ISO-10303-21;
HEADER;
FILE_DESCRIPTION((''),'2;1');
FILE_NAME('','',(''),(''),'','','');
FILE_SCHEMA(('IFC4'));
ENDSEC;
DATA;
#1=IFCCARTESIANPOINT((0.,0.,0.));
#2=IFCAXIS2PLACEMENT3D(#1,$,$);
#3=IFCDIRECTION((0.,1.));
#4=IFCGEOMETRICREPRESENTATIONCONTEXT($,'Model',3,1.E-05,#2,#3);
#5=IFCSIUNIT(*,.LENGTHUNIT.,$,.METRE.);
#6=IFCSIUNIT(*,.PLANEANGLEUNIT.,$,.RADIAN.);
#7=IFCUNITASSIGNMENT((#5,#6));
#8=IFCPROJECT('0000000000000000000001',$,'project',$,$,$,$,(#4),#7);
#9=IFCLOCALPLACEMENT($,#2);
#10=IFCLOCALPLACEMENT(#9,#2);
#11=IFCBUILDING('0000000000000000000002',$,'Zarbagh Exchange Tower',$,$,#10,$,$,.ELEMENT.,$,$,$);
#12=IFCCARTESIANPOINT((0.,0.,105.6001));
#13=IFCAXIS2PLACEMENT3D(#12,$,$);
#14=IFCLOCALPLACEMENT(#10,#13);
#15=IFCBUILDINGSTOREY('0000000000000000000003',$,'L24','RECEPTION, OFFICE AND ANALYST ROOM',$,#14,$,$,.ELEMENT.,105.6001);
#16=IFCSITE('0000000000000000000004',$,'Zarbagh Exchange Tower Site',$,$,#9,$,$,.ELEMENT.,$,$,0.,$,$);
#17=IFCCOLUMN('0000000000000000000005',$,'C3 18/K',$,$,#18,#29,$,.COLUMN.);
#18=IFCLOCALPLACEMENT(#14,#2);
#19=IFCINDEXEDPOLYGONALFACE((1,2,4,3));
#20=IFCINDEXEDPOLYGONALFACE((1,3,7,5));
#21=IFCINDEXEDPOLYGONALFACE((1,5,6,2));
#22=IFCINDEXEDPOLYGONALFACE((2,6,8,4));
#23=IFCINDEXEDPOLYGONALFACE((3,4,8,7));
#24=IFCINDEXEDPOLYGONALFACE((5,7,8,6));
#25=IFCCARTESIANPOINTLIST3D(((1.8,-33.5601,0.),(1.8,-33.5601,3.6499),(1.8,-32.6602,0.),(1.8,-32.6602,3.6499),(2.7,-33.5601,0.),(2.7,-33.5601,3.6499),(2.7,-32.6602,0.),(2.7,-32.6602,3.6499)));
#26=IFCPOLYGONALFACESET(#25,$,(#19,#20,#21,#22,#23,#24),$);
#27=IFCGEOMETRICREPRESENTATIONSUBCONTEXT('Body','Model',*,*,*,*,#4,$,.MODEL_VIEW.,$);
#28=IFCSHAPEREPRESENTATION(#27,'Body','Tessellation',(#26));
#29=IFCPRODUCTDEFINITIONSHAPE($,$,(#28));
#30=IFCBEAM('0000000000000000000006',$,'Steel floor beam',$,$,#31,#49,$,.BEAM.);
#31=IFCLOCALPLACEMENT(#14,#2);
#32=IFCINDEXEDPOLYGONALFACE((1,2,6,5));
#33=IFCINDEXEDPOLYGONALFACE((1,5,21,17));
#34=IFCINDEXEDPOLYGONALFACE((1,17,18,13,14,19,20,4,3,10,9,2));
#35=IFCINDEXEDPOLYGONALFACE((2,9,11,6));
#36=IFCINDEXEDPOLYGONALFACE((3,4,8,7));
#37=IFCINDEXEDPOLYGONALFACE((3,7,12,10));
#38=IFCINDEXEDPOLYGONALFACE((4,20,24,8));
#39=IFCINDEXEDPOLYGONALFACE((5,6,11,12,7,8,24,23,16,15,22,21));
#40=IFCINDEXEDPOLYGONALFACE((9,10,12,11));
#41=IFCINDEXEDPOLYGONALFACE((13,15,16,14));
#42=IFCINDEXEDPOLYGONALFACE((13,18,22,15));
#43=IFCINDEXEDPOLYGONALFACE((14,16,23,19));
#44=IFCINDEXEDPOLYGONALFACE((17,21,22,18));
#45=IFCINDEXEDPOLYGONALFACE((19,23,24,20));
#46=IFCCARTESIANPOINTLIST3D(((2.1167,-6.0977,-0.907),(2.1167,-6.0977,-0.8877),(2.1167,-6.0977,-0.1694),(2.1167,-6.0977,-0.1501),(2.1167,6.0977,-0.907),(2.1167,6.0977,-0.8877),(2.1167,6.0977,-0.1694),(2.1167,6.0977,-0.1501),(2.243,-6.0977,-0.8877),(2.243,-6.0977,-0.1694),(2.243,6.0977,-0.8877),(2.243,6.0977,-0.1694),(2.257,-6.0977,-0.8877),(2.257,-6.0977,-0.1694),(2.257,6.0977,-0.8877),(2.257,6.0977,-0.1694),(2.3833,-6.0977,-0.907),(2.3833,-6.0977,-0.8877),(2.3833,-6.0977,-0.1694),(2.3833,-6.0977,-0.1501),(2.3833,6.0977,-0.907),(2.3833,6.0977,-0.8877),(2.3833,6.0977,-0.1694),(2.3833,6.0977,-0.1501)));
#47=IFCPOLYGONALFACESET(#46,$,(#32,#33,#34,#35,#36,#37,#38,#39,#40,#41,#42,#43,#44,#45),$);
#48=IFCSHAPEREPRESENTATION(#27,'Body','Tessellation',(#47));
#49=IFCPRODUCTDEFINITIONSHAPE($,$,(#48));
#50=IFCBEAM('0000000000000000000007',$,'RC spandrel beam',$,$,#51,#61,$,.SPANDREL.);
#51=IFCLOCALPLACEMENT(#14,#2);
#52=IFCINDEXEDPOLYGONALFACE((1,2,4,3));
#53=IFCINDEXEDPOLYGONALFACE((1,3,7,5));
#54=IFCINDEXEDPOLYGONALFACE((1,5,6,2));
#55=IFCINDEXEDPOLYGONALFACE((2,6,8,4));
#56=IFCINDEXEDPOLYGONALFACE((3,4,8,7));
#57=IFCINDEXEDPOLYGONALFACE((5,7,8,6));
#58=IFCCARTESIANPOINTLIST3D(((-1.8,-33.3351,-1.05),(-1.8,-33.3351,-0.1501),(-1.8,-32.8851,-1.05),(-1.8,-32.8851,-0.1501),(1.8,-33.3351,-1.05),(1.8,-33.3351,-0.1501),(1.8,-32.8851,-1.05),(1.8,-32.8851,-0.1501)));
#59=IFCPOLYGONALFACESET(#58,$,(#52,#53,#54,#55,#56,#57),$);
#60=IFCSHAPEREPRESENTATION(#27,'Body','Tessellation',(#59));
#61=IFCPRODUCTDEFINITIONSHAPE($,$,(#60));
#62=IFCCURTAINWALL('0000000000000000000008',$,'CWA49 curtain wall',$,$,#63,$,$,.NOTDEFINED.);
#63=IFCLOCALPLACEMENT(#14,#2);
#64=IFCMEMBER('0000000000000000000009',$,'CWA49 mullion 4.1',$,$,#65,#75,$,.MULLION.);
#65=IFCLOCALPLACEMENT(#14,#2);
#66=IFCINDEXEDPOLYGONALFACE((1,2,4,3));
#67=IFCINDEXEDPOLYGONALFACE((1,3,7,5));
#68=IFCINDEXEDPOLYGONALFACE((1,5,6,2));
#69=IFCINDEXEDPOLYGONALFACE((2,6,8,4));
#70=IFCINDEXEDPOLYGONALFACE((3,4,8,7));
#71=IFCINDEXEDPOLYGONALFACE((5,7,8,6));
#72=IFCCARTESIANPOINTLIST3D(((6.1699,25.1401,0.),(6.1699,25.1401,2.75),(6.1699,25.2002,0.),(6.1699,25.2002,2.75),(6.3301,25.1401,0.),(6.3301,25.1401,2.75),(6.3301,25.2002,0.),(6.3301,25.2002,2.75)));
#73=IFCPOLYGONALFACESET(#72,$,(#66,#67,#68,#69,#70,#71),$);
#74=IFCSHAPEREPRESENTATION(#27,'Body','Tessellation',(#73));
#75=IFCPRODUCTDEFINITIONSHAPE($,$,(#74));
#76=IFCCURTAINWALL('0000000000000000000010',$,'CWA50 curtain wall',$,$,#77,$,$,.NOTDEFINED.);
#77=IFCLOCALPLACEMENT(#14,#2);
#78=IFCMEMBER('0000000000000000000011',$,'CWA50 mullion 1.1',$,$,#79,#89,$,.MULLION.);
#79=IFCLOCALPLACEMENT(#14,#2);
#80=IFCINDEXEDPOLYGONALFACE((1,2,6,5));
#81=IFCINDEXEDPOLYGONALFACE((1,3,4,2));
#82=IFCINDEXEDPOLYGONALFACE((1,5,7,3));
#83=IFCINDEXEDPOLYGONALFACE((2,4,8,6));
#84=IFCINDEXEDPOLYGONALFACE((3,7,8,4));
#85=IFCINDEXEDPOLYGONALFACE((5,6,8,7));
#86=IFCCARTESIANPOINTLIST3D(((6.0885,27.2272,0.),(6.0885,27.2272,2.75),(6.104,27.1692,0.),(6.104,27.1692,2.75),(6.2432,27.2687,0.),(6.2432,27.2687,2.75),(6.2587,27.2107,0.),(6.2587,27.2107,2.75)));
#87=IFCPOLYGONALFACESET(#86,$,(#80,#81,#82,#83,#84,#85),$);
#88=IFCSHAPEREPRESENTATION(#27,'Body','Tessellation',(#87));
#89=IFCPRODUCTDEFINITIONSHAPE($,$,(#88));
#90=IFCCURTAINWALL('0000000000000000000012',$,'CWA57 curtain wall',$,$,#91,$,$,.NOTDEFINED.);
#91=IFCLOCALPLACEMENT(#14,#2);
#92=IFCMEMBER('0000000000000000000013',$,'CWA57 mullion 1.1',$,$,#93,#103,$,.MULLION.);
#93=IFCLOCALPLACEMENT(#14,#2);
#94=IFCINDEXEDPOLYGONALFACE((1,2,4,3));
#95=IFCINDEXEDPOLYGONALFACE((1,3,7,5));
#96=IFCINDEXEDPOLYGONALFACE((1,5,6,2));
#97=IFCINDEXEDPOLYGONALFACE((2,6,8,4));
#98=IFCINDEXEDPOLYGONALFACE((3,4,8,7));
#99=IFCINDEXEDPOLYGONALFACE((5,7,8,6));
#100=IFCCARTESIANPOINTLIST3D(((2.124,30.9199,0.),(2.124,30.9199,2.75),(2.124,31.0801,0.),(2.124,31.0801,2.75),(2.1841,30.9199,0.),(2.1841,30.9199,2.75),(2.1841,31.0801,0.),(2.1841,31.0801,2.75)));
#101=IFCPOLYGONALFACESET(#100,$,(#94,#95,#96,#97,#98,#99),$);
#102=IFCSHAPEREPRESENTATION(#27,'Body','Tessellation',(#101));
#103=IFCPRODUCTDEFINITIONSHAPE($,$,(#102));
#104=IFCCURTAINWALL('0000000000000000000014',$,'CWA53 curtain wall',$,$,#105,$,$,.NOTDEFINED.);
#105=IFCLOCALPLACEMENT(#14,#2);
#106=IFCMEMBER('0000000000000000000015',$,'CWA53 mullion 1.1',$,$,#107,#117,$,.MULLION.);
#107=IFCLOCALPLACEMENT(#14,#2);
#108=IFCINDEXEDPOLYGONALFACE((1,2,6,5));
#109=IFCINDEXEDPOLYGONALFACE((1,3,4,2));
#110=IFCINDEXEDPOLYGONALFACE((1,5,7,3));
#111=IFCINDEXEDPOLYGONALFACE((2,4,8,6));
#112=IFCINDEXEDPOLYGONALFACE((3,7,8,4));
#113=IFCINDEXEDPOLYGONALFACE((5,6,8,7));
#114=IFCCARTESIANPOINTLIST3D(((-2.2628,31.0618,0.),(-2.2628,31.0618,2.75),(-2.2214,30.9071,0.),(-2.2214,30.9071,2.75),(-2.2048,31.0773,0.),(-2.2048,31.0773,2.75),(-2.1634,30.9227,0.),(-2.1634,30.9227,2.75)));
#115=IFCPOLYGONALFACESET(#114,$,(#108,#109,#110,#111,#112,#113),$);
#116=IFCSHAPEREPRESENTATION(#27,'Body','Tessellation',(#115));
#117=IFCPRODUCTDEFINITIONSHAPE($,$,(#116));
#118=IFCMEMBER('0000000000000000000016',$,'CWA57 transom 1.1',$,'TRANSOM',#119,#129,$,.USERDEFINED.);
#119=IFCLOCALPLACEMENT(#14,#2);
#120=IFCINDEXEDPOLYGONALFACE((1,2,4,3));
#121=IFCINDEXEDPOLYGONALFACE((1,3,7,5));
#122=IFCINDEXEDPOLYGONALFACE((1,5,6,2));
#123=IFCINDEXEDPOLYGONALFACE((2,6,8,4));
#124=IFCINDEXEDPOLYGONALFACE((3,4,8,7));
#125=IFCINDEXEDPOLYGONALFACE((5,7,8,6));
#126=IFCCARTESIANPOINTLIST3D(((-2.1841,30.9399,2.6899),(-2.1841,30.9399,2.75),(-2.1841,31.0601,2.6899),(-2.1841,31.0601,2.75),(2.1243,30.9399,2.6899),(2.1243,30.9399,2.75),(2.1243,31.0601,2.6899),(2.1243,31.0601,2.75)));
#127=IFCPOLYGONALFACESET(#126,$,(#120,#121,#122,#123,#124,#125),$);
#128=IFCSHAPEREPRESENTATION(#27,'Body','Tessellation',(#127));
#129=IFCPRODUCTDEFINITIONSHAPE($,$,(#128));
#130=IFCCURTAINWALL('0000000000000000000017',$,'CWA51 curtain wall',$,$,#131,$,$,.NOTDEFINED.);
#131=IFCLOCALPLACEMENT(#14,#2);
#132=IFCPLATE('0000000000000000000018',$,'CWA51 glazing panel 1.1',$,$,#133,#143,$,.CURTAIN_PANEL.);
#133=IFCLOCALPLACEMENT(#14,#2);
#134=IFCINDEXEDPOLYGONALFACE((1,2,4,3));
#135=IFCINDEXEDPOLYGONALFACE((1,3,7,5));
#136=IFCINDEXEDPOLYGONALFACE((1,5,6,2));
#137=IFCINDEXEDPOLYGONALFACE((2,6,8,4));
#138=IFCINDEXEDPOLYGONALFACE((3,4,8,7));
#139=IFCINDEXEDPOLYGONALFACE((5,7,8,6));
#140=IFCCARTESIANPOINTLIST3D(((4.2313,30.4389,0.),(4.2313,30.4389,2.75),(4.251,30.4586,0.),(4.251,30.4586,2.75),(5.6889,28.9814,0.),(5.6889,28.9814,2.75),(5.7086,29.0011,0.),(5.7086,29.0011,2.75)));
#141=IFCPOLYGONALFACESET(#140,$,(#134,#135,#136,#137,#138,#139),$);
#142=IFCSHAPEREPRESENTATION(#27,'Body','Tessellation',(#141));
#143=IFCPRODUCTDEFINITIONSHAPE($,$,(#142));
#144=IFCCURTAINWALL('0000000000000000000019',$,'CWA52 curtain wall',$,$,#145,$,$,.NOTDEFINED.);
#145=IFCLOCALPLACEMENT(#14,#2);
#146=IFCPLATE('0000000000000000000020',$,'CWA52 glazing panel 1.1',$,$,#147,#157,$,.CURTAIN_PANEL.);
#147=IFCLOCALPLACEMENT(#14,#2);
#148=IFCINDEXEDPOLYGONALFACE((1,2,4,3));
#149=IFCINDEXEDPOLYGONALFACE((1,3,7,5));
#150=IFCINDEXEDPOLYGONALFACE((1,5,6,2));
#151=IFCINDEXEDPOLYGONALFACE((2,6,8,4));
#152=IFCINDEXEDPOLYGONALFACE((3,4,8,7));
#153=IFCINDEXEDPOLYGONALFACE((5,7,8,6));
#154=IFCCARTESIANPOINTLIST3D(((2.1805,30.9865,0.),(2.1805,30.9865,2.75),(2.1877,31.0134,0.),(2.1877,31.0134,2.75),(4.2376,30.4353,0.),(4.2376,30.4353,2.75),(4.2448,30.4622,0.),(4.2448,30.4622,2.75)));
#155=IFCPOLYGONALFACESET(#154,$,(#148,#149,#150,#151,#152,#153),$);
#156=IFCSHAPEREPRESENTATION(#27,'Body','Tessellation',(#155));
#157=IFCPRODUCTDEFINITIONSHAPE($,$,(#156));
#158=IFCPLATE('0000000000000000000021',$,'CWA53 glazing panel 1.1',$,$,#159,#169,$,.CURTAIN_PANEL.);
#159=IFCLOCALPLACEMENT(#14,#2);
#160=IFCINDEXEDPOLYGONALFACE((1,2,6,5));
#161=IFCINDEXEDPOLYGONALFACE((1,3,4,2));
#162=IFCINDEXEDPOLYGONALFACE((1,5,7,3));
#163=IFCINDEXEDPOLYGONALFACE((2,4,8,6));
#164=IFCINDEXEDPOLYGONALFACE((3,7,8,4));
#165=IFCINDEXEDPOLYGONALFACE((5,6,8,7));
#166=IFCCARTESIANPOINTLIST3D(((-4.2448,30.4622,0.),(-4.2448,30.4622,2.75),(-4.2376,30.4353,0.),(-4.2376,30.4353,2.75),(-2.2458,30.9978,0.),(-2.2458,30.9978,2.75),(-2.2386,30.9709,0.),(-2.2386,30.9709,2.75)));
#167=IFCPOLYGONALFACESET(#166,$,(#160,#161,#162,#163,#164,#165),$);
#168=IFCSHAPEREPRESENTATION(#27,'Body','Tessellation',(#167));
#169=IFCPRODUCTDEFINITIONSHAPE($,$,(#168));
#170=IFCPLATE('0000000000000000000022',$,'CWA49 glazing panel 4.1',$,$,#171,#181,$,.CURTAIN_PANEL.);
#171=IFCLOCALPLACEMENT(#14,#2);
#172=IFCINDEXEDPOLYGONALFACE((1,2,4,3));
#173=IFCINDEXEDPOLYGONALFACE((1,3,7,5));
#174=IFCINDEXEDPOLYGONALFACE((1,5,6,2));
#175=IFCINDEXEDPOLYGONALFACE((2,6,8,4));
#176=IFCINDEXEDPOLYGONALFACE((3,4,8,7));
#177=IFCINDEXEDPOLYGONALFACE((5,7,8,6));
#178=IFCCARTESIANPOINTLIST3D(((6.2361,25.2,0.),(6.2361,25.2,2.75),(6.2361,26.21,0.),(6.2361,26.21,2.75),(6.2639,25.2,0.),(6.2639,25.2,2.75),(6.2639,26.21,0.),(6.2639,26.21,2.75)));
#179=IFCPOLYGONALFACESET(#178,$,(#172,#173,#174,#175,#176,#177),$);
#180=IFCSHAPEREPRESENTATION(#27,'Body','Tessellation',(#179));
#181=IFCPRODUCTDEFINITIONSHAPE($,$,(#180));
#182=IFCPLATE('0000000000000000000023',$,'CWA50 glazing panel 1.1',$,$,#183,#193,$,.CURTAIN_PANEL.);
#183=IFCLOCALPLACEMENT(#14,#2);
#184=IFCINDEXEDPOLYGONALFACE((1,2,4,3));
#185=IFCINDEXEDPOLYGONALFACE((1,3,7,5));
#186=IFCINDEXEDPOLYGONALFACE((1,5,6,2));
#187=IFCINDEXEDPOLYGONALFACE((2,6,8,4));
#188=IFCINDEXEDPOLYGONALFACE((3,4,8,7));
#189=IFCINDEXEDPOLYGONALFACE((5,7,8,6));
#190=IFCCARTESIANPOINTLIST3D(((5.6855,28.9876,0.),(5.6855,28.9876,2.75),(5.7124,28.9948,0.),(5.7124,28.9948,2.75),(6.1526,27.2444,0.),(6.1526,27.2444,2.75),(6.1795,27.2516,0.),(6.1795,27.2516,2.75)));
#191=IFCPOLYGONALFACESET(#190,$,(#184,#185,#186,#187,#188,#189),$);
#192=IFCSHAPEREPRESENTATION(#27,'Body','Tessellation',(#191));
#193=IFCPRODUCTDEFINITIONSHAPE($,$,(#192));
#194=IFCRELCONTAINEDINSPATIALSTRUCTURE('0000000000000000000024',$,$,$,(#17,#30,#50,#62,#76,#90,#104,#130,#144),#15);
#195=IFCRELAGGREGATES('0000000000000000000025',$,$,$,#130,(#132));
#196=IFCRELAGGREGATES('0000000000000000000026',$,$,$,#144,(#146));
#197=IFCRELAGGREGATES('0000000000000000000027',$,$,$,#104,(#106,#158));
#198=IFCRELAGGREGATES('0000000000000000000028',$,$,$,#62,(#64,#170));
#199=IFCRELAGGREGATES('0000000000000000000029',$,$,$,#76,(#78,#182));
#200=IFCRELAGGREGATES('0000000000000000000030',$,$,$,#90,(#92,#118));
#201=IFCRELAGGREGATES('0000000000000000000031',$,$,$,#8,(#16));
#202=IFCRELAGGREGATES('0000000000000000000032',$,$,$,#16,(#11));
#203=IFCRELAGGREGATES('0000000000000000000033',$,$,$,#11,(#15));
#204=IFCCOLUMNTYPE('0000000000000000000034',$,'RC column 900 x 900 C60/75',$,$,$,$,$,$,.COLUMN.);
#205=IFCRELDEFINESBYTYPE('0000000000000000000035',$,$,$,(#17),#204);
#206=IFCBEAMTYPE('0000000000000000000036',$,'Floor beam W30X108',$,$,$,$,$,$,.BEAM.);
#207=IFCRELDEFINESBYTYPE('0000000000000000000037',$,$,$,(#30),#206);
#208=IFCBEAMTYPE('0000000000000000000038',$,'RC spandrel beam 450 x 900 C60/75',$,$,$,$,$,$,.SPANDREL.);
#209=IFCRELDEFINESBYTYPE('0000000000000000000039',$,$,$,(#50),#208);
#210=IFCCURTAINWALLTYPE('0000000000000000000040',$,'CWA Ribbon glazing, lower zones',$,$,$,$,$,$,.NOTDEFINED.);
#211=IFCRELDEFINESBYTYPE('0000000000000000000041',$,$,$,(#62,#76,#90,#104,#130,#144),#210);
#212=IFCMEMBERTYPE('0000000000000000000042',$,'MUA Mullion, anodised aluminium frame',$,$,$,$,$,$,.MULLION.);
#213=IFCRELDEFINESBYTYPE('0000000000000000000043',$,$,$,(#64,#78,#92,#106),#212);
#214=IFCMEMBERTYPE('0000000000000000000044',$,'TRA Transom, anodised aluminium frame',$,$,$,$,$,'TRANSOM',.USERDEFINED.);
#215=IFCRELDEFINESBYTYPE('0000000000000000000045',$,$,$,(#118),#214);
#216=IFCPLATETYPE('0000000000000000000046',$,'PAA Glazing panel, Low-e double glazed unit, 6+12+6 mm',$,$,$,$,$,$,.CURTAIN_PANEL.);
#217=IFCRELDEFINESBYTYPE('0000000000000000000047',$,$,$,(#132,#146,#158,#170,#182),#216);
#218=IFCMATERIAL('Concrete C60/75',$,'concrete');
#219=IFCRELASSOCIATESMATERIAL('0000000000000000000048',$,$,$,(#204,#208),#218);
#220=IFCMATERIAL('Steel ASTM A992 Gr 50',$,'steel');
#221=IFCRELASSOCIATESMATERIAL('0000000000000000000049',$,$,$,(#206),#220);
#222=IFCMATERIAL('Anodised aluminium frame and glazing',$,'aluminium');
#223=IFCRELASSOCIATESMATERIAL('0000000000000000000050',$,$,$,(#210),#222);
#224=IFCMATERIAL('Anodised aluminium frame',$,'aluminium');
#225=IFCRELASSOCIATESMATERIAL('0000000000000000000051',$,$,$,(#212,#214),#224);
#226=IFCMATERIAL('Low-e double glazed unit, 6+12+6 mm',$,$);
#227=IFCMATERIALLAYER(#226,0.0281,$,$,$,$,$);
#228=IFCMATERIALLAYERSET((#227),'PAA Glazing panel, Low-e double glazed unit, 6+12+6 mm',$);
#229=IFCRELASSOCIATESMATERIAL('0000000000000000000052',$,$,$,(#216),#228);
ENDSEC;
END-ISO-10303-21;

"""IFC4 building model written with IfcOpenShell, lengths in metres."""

from ifc_helpers import new_model, si_unit, direction, frame, origin, origin_2d, place, context, subcontext, project, spatial, polyline, rectangle, i_section, outline, extrude, source, transform, mapped, material, layer, layer_set, material_profile, profile_set, type_object, element, aggregate, save


model = new_model("IFC4")

# Units and contexts
model_context = context("Model", 3, precision=1e-05, world=origin(), true_north=direction((0.0, 1.0)))
body_context = subcontext(model_context, "Body", "Model", "MODEL_VIEW")
ifc_project = project(units=[si_unit("LENGTHUNIT", "METRE"), si_unit("PLANEANGLEUNIT", "RADIAN")], contexts=[model_context])

# Site, building, storey
site_placement = place(None, origin())
site = spatial("IfcSite", under=ifc_project, at=site_placement, Name="Zarbagh Exchange Tower Site", CompositionType="ELEMENT", RefElevation=0.0)
building_placement = place(site_placement, origin())
building = spatial("IfcBuilding", under=site, at=building_placement, Name="Zarbagh Exchange Tower", CompositionType="ELEMENT")
storey_placement = place(building_placement, frame((0.0, 0.0, 105.6001)))
storey = spatial("IfcBuildingStorey", under=building, at=storey_placement, Name="L24", Description="RECEPTION, OFFICE AND ANALYST ROOM", CompositionType="ELEMENT", Elevation=105.6001)

# Column
ifc_material_1 = material(Name="Concrete C60/75", Category="concrete")
ifc_material_profile_1 = material_profile(ifc_material_1, rectangle(XDim=0.8999, YDim=0.8999, at=origin_2d()), Name="RC column 900 x 900 C60/75")
ifc_profile_set_1 = profile_set([ifc_material_profile_1], Name="Concrete C60/75")
column_type = type_object("IfcColumnType", Name="RC column 900 x 900 C60/75", PredefinedType="COLUMN", material=ifc_profile_set_1)
column_placement = place(storey_placement, frame((2.25, -33.1101, 0.0), z_axis=(0.0, 0.0, 1.0), x_axis=(1.0, 0.0, 0.0)))
element("IfcColumn", 1, at=column_placement, inside=storey, type_object=column_type, Name="C3 18/K", PredefinedType="COLUMN", context=body_context, shape_type="SweptSolid", body=[
    extrude(rectangle(XDim=0.8999, YDim=0.8999, at=origin_2d()), origin(), (0.0, 0.0, 1.0), 3.6499),
])

# Beams
ifc_material_2 = material(Name="Steel ASTM A992 Gr 50", Category="steel")
ifc_material_profile_2 = material_profile(ifc_material_2, i_section(OverallWidth=0.2666, OverallDepth=0.7568, WebThickness=0.0139, FlangeThickness=0.0193, at=origin_2d()), Name="W30X108")
ifc_profile_set_2 = profile_set([ifc_material_profile_2], Name="Steel ASTM A992 Gr 50")
beam_type_1 = type_object("IfcBeamType", Name="Floor beam W30X108", PredefinedType="BEAM", material=ifc_profile_set_2)
beam_1_placement = place(storey_placement, frame((2.25, -6.0977, -0.5286), z_axis=(0.0, 1.0, 0.0), x_axis=(-1.0, 0.0, 0.0)))
element("IfcBeam", 2, at=beam_1_placement, inside=storey, type_object=beam_type_1, Name="Steel floor beam", PredefinedType="BEAM", context=body_context, shape_type="SweptSolid", body=[
    extrude(i_section(OverallWidth=0.2666, OverallDepth=0.7568, WebThickness=0.0139, FlangeThickness=0.0193, at=origin_2d()), origin(), (0.0, 0.0, 1.0), 12.1953),
])
ifc_material_profile_3 = material_profile(ifc_material_1, rectangle(XDim=0.45, YDim=0.8999, at=origin_2d()), Name="RC spandrel beam 450 x 900 C60/75")
ifc_profile_set_3 = profile_set([ifc_material_profile_3], Name="Concrete C60/75")
beam_type_2 = type_object("IfcBeamType", Name="RC spandrel beam 450 x 900 C60/75", PredefinedType="SPANDREL", material=ifc_profile_set_3)
beam_2_placement = place(storey_placement, frame((1.8, -33.1101, -0.6001), z_axis=(-1.0, 0.0, 0.0), x_axis=(0.0, -1.0, 0.0)))
element("IfcBeam", 3, at=beam_2_placement, inside=storey, type_object=beam_type_2, Name="RC spandrel beam", PredefinedType="SPANDREL", context=body_context, shape_type="SweptSolid", body=[
    extrude(rectangle(XDim=0.45, YDim=0.8999, at=origin_2d()), origin(), (0.0, 0.0, 1.0), 3.6001),
])

# Curtain walls, members
ifc_material_3 = material(Name="Anodised aluminium frame and glazing", Category="aluminium")
curtain_wall_type = type_object("IfcCurtainWallType", Name="CWA Ribbon glazing, lower zones", PredefinedType="NOTDEFINED", material=ifc_material_3)
curtain_wall_1_placement = place(storey_placement, origin())
curtain_wall_1 = element("IfcCurtainWall", 4, at=curtain_wall_1_placement, inside=storey, type_object=curtain_wall_type, Name="CWA49 curtain wall", PredefinedType="NOTDEFINED")
ifc_material_4 = material(Name="Anodised aluminium frame", Category="aluminium")
member_type_1 = type_object("IfcMemberType", Name="MUA Mullion, anodised aluminium frame", PredefinedType="MULLION", material=ifc_material_4)
shared_shape_1 = source(origin(), body_context, "Body", "SweptSolid", [
    extrude(outline(polyline([(0.0, -0.0801), (0.0601, -0.0801), (0.0601, 0.0801), (0.0, 0.0801), (0.0, -0.0801)])), origin(), (0.0, 0.0, 1.0), 2.75),
])
placement = place(storey_placement, origin())
member_1 = element("IfcMember", 5, at=placement, type_object=member_type_1, Name="CWA49 mullion 4.1", PredefinedType="MULLION", context=body_context, shape_type="MappedRepresentation", body=[
    mapped(shared_shape_1, transform((6.25, 25.1401, 0.0), x_axis=(0.0, 1.0, 0.0), y_axis=(-1.0, 0.0, 0.0), z_axis=(0.0, 0.0, 1.0))),
])
curtain_wall_2_placement = place(storey_placement, origin())
curtain_wall_2 = element("IfcCurtainWall", 6, at=curtain_wall_2_placement, inside=storey, type_object=curtain_wall_type, Name="CWA50 curtain wall", PredefinedType="NOTDEFINED")
member_2 = element("IfcMember", 7, at=placement, type_object=member_type_1, Name="CWA50 mullion 1.1", PredefinedType="MULLION", context=body_context, shape_type="MappedRepresentation", body=[
    mapped(shared_shape_1, transform((6.1814, 27.1899, 0.0), x_axis=(-0.258825, 0.965924, 0.0), y_axis=(-0.965924, -0.258825, 0.0), z_axis=(0.0, 0.0, 1.0))),
])
curtain_wall_3_placement = place(storey_placement, origin())
curtain_wall_3 = element("IfcCurtainWall", 8, at=curtain_wall_3_placement, inside=storey, type_object=curtain_wall_type, Name="CWA57 curtain wall", PredefinedType="NOTDEFINED")
member_3 = element("IfcMember", 9, at=placement, type_object=member_type_1, Name="CWA57 mullion 1.1", PredefinedType="MULLION", context=body_context, shape_type="MappedRepresentation", body=[
    mapped(shared_shape_1, transform((2.1841, 31.0, 0.0), x_axis=(-1.0, 0.0, 0.0), y_axis=(0.0, -1.0, 0.0), z_axis=(0.0, 0.0, 1.0))),
])
curtain_wall_4_placement = place(storey_placement, origin())
curtain_wall_4 = element("IfcCurtainWall", 10, at=curtain_wall_4_placement, inside=storey, type_object=curtain_wall_type, Name="CWA53 curtain wall", PredefinedType="NOTDEFINED")
member_4 = element("IfcMember", 11, at=placement, type_object=member_type_1, Name="CWA53 mullion 1.1", PredefinedType="MULLION", context=body_context, shape_type="MappedRepresentation", body=[
    mapped(shared_shape_1, transform((-2.1841, 31.0, 0.0), x_axis=(-0.965924, -0.258825, 0.0), y_axis=(0.258825, -0.965924, 0.0), z_axis=(0.0, 0.0, 1.0))),
])

# Member
member_type_2 = type_object("IfcMemberType", Name="TRA Transom, anodised aluminium frame", ElementType="TRANSOM", PredefinedType="USERDEFINED", material=ifc_material_4)
shared_shape_2 = source(origin(), body_context, "Body", "SweptSolid", [
    extrude(outline(polyline([(-0.0601, -0.0601), (0.0, -0.0601), (0.0, 0.0601), (-0.0601, 0.0601), (-0.0601, -0.0601)])), origin(), (0.0, 0.0, 1.0), 4.3083),
])
member_5 = element("IfcMember", 12, at=placement, type_object=member_type_2, Name="CWA57 transom 1.1", ObjectType="TRANSOM", PredefinedType="USERDEFINED", context=body_context, shape_type="MappedRepresentation", body=[
    mapped(shared_shape_2, transform((2.1243, 31.0, 2.75), x_axis=(0.0, 0.0, 1.0), y_axis=(0.0, 1.0, 0.0), z_axis=(-1.0, 0.0, 0.0))),
])

# Curtain walls, plates
curtain_wall_5_placement = place(storey_placement, origin())
curtain_wall_5 = element("IfcCurtainWall", 13, at=curtain_wall_5_placement, inside=storey, type_object=curtain_wall_type, Name="CWA51 curtain wall", PredefinedType="NOTDEFINED")
ifc_material_5 = material(Name="Low-e double glazed unit, 6+12+6 mm")
ifc_layer_1 = layer(ifc_material_5, 0.0281)
ifc_layer_set_1 = layer_set([ifc_layer_1], Name="PAA Glazing panel, Low-e double glazed unit, 6+12+6 mm")
plate_type = type_object("IfcPlateType", Name="PAA Glazing panel, Low-e double glazed unit, 6+12+6 mm", PredefinedType="CURTAIN_PANEL", material=ifc_layer_set_1)
shared_shape_3 = source(origin(), body_context, "Body", "SweptSolid", [
    extrude(outline(polyline([(0.0, -0.0139), (2.0613, -0.0139), (2.0613, 0.0139), (0.0, 0.0139), (0.0, -0.0139)])), origin(), (0.0, 0.0, 1.0), 2.75),
])
plate_1 = element("IfcPlate", 14, at=placement, type_object=plate_type, Name="CWA51 glazing panel 1.1", PredefinedType="CURTAIN_PANEL", context=body_context, shape_type="MappedRepresentation", body=[
    mapped(shared_shape_3, transform((5.6987, 28.9912, 0.0), x_axis=(-0.707107, 0.707107, 0.0), y_axis=(-0.707107, -0.707107, 0.0), z_axis=(0.0, 0.0, 1.0))),
])
aggregate(curtain_wall_5, [plate_1])
curtain_wall_6_placement = place(storey_placement, origin())
curtain_wall_6 = element("IfcCurtainWall", 15, at=curtain_wall_6_placement, inside=storey, type_object=curtain_wall_type, Name="CWA52 curtain wall", PredefinedType="NOTDEFINED")
shared_shape_4 = source(origin(), body_context, "Body", "SweptSolid", [
    extrude(outline(polyline([(0.0, -0.0139), (2.1296, -0.0139), (2.1296, 0.0139), (0.0, 0.0139), (0.0, -0.0139)])), origin(), (0.0, 0.0, 1.0), 2.75),
])
plate_2 = element("IfcPlate", 16, at=placement, type_object=plate_type, Name="CWA52 glazing panel 1.1", PredefinedType="CURTAIN_PANEL", context=body_context, shape_type="MappedRepresentation", body=[
    mapped(shared_shape_4, transform((4.2412, 30.4487, 0.0), x_axis=(-0.965924, 0.258825, 0.0), y_axis=(-0.258825, -0.965924, 0.0), z_axis=(0.0, 0.0, 1.0))),
])
aggregate(curtain_wall_6, [plate_2])

# Plates
shared_shape_5 = source(origin(), body_context, "Body", "SweptSolid", [
    extrude(outline(polyline([(0.0, -0.0139), (2.0696, -0.0139), (2.0696, 0.0139), (0.0, 0.0139), (0.0, -0.0139)])), origin(), (0.0, 0.0, 1.0), 2.75),
])
plate_3 = element("IfcPlate", 17, at=placement, type_object=plate_type, Name="CWA53 glazing panel 1.1", PredefinedType="CURTAIN_PANEL", context=body_context, shape_type="MappedRepresentation", body=[
    mapped(shared_shape_5, transform((-2.2422, 30.9844, 0.0), x_axis=(-0.965924, -0.258825, 0.0), y_axis=(0.258825, -0.965924, 0.0), z_axis=(0.0, 0.0, 1.0))),
])
aggregate(curtain_wall_4, [member_4, plate_3])
shared_shape_6 = source(origin(), body_context, "Body", "SweptSolid", [
    extrude(outline(polyline([(0.0, -0.0139), (1.01, -0.0139), (1.01, 0.0139), (0.0, 0.0139), (0.0, -0.0139)])), origin(), (0.0, 0.0, 1.0), 2.75),
])
plate_4 = element("IfcPlate", 18, at=placement, type_object=plate_type, Name="CWA49 glazing panel 4.1", PredefinedType="CURTAIN_PANEL", context=body_context, shape_type="MappedRepresentation", body=[
    mapped(shared_shape_6, transform((6.25, 25.2, 0.0), x_axis=(0.0, 1.0, 0.0), y_axis=(-1.0, 0.0, 0.0), z_axis=(0.0, 0.0, 1.0))),
])
aggregate(curtain_wall_1, [member_1, plate_4])
shared_shape_7 = source(origin(), body_context, "Body", "SweptSolid", [
    extrude(outline(polyline([(0.0, -0.0139), (1.8047, -0.0139), (1.8047, 0.0139), (0.0, 0.0139), (0.0, -0.0139)])), origin(), (0.0, 0.0, 1.0), 2.75),
])
plate_5 = element("IfcPlate", 19, at=placement, type_object=plate_type, Name="CWA50 glazing panel 1.1", PredefinedType="CURTAIN_PANEL", context=body_context, shape_type="MappedRepresentation", body=[
    mapped(shared_shape_7, transform((6.166, 27.248, 0.0), x_axis=(-0.258825, 0.965924, 0.0), y_axis=(-0.965924, -0.258825, 0.0), z_axis=(0.0, 0.0, 1.0))),
])
aggregate(curtain_wall_2, [member_2, plate_5])
aggregate(curtain_wall_3, [member_3, member_5])

save(model, "model.ifc")
